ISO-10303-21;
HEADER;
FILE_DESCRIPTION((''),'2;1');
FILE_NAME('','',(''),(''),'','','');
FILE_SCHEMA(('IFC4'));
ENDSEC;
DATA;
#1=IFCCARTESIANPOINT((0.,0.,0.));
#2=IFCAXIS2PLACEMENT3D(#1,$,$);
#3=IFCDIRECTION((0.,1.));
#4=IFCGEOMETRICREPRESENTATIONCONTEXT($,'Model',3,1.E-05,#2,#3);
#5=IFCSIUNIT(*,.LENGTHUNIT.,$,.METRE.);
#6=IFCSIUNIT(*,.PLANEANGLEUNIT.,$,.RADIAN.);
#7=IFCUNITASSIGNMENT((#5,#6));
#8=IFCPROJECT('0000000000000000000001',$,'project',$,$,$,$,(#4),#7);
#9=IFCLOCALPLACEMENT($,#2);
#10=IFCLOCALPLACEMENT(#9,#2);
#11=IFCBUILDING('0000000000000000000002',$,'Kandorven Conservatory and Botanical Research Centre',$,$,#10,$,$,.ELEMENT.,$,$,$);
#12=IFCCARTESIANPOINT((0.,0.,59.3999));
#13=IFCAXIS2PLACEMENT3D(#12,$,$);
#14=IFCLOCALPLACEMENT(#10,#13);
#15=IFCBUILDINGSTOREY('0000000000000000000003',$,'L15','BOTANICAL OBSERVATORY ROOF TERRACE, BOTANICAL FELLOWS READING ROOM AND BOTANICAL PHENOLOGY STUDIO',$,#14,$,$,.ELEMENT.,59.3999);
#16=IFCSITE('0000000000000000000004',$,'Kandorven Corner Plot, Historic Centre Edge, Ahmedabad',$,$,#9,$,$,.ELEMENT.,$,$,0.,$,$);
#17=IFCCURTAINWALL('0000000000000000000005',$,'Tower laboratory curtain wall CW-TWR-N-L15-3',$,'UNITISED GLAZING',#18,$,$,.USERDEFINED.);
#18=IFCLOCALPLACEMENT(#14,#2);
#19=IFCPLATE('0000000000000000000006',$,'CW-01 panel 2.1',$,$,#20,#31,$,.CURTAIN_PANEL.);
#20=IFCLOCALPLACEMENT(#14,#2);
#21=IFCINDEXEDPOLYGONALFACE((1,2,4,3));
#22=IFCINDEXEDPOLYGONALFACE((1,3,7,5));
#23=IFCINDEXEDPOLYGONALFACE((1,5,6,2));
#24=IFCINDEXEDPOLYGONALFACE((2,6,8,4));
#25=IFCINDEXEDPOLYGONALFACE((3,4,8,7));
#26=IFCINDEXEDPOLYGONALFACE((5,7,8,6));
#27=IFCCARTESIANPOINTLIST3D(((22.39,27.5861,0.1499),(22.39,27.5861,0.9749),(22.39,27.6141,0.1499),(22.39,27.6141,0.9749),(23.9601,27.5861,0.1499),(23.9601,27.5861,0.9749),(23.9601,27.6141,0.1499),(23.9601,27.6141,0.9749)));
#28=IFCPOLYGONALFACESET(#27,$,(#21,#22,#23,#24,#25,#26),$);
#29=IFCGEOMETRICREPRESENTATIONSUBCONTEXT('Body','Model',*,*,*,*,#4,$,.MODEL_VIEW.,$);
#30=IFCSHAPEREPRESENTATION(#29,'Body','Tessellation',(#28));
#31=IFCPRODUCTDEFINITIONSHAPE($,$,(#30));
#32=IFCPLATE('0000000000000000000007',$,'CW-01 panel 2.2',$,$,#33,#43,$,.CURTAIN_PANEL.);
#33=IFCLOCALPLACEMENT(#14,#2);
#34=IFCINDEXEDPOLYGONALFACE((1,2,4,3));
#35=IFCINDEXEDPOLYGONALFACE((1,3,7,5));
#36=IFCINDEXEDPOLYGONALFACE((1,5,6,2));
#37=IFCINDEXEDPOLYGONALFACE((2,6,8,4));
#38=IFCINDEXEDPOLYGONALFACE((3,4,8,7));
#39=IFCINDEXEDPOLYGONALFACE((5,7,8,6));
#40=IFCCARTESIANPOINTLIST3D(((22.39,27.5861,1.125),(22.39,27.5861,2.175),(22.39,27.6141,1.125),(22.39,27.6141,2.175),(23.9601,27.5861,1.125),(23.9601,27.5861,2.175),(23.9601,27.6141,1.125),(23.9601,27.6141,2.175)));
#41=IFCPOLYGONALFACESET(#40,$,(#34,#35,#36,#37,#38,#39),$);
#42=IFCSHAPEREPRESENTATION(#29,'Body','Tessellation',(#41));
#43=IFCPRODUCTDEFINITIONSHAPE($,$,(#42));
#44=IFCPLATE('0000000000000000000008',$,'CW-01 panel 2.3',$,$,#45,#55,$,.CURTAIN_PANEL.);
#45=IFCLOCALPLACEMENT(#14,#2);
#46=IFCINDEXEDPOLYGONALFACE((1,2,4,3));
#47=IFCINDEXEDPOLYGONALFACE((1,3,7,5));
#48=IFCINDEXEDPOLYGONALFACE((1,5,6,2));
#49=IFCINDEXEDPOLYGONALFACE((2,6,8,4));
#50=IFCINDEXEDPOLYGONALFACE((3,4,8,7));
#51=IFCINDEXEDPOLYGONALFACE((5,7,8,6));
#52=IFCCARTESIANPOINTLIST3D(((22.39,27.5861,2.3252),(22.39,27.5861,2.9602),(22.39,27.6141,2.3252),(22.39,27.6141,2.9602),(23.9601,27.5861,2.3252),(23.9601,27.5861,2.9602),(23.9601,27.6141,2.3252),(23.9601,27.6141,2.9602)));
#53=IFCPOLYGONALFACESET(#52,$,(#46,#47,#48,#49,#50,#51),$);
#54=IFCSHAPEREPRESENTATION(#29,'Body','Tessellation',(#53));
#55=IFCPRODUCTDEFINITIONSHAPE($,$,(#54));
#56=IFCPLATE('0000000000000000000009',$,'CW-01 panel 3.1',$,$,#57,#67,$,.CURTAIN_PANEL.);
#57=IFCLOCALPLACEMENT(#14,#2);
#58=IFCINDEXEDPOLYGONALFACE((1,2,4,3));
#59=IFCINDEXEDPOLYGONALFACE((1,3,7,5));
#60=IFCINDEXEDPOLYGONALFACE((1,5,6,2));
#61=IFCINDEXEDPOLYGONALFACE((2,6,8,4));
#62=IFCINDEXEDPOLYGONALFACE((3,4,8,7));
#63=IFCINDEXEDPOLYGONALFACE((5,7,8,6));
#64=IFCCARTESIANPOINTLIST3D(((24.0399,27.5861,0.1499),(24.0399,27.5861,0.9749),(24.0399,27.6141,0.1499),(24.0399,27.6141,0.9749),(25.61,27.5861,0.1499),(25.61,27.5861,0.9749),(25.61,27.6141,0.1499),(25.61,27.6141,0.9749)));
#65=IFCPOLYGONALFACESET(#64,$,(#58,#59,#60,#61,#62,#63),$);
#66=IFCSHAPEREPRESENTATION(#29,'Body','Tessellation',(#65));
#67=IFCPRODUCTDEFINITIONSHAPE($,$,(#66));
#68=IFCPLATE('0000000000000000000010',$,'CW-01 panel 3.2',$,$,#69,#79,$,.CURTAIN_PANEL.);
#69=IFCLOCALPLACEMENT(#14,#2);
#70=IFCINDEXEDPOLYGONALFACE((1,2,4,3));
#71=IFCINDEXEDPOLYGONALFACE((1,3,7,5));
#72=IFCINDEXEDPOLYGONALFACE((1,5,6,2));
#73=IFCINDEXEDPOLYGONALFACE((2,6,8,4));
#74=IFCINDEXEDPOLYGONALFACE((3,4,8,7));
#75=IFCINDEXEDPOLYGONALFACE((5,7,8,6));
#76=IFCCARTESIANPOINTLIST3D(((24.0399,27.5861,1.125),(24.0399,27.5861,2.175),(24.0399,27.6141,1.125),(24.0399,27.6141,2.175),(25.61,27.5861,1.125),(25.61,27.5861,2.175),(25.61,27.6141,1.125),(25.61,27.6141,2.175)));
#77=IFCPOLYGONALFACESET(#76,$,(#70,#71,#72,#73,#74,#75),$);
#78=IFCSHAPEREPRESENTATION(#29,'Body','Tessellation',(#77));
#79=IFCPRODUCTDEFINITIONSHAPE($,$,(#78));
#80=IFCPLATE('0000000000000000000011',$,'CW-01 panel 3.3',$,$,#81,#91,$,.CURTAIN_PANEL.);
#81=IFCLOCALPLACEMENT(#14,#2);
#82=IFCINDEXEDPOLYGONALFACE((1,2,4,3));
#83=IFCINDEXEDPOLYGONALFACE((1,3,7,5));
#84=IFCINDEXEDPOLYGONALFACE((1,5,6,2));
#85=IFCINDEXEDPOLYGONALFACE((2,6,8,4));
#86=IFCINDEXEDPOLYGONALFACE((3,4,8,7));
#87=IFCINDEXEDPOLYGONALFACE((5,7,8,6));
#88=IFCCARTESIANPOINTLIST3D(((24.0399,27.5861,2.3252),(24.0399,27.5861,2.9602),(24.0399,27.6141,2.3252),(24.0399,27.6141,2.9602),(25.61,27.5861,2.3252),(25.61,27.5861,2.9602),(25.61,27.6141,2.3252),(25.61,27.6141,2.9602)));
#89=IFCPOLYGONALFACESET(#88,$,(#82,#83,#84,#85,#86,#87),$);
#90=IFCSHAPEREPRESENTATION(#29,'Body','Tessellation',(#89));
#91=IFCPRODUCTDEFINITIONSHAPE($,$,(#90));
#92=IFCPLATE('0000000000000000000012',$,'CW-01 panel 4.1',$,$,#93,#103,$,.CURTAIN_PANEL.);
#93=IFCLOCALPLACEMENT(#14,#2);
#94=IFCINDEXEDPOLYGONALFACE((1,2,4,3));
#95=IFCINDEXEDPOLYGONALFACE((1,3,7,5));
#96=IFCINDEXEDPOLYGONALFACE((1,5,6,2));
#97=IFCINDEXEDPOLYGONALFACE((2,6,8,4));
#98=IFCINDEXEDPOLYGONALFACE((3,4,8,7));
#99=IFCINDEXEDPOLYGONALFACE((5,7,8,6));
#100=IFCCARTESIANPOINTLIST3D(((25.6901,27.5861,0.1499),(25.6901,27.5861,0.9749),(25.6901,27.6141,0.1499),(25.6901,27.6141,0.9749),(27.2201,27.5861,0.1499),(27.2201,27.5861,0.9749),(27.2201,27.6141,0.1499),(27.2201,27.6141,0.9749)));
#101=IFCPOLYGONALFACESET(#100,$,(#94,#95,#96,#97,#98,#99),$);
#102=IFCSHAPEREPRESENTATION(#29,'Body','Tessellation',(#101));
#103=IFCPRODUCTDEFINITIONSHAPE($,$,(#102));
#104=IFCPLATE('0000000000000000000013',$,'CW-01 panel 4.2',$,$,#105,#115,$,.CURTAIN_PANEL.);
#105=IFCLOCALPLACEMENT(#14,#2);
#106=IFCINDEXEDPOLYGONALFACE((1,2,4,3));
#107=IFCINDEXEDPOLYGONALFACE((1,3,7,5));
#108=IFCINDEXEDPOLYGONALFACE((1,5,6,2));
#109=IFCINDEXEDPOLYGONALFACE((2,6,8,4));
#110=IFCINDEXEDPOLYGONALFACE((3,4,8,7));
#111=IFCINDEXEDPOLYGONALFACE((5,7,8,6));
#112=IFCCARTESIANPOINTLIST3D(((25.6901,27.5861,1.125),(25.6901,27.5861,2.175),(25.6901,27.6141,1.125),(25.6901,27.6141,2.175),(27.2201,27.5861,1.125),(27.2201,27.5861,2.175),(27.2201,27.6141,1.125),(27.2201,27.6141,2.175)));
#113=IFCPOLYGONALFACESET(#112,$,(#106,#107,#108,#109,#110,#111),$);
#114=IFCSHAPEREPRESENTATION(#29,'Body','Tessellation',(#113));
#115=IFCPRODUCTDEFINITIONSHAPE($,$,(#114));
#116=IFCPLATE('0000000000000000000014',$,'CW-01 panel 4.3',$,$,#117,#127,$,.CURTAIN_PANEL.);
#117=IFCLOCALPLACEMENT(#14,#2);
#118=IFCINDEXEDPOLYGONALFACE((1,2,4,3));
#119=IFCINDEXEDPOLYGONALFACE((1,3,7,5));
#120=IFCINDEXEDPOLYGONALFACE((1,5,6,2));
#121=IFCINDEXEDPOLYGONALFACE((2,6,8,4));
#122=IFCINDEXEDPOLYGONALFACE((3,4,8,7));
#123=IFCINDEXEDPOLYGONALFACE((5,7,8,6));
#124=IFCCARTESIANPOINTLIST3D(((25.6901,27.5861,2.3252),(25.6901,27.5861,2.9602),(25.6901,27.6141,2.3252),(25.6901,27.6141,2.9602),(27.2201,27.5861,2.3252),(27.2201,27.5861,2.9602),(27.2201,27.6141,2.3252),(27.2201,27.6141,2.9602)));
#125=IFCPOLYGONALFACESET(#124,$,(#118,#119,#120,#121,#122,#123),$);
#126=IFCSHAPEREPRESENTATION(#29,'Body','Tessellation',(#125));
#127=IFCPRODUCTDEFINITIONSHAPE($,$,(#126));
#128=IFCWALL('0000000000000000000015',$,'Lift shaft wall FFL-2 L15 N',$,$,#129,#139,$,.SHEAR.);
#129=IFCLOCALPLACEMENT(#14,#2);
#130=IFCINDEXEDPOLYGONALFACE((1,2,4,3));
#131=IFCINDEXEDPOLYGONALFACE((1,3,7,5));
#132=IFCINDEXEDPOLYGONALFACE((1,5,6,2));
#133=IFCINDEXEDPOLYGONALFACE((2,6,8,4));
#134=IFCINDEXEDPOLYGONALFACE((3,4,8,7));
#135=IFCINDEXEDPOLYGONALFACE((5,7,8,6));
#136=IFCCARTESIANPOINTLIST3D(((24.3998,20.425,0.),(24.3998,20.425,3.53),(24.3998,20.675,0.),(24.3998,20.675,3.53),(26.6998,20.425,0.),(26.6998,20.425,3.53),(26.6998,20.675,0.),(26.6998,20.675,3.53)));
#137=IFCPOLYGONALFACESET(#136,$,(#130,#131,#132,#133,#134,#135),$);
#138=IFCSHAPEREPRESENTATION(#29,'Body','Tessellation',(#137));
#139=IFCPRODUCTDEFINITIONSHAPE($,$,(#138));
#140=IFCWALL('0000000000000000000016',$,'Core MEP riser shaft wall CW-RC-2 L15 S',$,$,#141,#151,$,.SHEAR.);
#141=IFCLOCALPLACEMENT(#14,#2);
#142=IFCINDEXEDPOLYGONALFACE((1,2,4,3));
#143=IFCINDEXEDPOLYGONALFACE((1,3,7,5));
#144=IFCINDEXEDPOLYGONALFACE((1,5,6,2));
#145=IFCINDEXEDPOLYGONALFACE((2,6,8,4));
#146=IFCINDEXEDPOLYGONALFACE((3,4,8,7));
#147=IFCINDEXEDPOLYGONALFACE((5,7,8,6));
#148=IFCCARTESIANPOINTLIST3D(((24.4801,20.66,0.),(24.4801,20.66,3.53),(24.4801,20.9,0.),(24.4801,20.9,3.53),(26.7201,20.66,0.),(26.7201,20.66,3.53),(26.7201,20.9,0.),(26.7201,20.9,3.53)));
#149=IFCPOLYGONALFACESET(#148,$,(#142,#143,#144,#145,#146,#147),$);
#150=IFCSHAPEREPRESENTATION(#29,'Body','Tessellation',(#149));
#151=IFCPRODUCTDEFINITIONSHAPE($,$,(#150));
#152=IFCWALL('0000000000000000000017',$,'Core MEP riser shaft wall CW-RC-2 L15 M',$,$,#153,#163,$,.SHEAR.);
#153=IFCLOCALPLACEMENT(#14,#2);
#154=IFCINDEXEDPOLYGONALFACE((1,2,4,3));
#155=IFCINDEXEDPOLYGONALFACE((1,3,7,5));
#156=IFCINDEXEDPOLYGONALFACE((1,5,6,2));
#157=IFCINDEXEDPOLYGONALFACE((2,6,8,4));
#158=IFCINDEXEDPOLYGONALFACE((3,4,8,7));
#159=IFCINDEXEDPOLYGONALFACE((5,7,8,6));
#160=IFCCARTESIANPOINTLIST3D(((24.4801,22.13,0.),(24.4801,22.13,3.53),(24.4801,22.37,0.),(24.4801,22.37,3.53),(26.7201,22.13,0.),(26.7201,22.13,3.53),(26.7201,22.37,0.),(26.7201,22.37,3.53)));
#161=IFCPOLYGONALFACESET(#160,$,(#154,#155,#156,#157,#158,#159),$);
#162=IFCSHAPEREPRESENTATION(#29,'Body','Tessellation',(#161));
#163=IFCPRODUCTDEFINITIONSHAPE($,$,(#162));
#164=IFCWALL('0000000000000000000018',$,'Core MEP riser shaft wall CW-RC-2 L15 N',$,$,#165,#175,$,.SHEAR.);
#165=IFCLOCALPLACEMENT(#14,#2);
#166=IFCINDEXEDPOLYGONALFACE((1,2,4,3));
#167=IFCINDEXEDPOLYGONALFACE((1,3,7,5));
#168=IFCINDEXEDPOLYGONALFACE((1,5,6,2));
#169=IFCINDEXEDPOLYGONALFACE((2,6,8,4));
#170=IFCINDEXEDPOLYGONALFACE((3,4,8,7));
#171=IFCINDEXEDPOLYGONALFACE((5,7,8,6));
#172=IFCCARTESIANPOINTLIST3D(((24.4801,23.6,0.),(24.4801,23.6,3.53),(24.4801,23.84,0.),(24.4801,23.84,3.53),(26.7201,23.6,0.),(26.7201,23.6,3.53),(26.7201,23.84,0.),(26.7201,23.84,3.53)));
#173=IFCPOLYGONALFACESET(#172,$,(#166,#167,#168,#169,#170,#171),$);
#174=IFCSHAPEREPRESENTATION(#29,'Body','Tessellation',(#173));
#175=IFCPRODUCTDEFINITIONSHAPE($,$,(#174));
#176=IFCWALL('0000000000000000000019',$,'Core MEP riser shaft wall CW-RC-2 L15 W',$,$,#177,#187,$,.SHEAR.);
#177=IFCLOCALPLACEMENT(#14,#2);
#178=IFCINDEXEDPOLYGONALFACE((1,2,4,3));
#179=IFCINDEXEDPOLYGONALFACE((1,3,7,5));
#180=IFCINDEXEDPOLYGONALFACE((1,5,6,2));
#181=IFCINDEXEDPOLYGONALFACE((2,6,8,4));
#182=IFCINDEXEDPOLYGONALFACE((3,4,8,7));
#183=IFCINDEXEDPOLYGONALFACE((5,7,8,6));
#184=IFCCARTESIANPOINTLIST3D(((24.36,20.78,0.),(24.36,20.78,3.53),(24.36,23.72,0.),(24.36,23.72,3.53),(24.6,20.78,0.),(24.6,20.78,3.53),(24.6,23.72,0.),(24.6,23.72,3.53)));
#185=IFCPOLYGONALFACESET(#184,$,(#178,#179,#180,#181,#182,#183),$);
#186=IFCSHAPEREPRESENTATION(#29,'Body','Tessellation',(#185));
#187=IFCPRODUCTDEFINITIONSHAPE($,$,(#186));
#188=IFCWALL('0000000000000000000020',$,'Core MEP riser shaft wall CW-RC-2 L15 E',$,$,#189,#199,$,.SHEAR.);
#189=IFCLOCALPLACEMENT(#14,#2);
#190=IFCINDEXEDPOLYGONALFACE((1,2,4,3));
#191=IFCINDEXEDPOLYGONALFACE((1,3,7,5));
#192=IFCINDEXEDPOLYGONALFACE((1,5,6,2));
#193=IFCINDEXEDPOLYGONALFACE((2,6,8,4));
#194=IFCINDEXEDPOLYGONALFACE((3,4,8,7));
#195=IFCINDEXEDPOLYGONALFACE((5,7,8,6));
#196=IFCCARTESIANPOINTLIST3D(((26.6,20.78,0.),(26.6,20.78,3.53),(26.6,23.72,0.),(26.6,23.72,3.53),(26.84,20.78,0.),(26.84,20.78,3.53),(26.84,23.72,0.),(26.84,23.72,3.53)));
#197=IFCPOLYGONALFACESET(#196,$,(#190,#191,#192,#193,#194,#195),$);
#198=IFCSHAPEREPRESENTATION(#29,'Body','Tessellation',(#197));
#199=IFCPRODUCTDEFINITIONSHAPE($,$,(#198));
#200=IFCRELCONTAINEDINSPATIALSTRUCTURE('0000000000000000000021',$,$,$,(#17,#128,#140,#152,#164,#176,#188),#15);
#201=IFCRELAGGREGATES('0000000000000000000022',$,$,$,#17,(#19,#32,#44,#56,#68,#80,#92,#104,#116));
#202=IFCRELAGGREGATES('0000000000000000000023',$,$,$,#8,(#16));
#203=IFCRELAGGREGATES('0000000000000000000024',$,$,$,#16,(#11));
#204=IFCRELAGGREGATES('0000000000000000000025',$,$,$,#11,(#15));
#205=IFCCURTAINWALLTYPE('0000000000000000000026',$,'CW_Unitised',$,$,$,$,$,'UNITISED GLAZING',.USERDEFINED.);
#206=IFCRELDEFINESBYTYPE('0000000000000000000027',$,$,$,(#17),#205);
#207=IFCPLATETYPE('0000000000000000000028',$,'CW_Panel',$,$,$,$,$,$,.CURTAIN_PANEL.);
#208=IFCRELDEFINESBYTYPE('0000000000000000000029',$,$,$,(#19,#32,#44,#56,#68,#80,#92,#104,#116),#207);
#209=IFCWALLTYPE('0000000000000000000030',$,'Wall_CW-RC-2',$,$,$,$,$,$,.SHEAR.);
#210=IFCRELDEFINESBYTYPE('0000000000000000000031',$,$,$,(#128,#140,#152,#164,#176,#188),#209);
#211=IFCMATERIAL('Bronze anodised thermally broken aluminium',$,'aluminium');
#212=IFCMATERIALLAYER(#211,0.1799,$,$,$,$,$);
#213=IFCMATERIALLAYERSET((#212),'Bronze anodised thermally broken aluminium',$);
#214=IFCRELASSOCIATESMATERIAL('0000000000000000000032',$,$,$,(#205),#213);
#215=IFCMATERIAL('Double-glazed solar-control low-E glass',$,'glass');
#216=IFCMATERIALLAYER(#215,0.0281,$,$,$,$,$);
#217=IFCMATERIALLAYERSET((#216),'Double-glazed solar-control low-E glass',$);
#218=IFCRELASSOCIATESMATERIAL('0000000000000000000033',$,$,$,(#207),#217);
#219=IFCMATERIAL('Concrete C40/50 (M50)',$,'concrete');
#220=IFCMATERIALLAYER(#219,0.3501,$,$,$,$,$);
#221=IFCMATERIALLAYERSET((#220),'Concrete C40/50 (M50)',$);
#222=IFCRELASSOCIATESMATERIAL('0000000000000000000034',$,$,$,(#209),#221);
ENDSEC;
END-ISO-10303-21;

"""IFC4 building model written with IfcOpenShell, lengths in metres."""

from ifc_helpers import new_model, si_unit, direction, frame, frame_2d, origin, origin_2d, place, context, subcontext, project, spatial, rectangle, extrude, material, layer, layer_set, type_object, element, aggregate, save


model = new_model("IFC4")

# Units and contexts
model_context = context("Model", 3, precision=1e-05, world=origin(), true_north=direction((0.0, 1.0)))
body_context = subcontext(model_context, "Body", "Model", "MODEL_VIEW")
ifc_project = project(units=[si_unit("LENGTHUNIT", "METRE"), si_unit("PLANEANGLEUNIT", "RADIAN")], contexts=[model_context])

# Site, building, storey
site_placement = place(None, origin())
site = spatial("IfcSite", under=ifc_project, at=site_placement, Name="Kandorven Corner Plot, Historic Centre Edge, Ahmedabad", CompositionType="ELEMENT", RefElevation=0.0)
building_placement = place(site_placement, origin())
building = spatial("IfcBuilding", under=site, at=building_placement, Name="Kandorven Conservatory and Botanical Research Centre", CompositionType="ELEMENT")
storey_placement = place(building_placement, frame((0.0, 0.0, 59.3999)))
storey = spatial("IfcBuildingStorey", under=building, at=storey_placement, Name="L15", Description="BOTANICAL OBSERVATORY ROOF TERRACE, BOTANICAL FELLOWS READING ROOM AND BOTANICAL PHENOLOGY STUDIO", CompositionType="ELEMENT", Elevation=59.3999)

# Curtain wall, plates
ifc_material_1 = material(Name="Bronze anodised thermally broken aluminium", Category="aluminium")
ifc_layer_1 = layer(ifc_material_1, 0.1799)
ifc_layer_set_1 = layer_set([ifc_layer_1], Name="Bronze anodised thermally broken aluminium")
curtain_wall_type = type_object("IfcCurtainWallType", Name="CW_Unitised", ElementType="UNITISED GLAZING", PredefinedType="USERDEFINED", material=ifc_layer_set_1)
curtain_wall_placement = place(storey_placement, origin())
curtain_wall = element("IfcCurtainWall", 1, at=curtain_wall_placement, inside=storey, type_object=curtain_wall_type, Name="Tower laboratory curtain wall CW-TWR-N-L15-3", ObjectType="UNITISED GLAZING", PredefinedType="USERDEFINED")
ifc_material_2 = material(Name="Double-glazed solar-control low-E glass", Category="glass")
ifc_layer_2 = layer(ifc_material_2, 0.0281)
ifc_layer_set_2 = layer_set([ifc_layer_2], Name="Double-glazed solar-control low-E glass")
plate_type = type_object("IfcPlateType", Name="CW_Panel", PredefinedType="CURTAIN_PANEL", material=ifc_layer_set_2)
plate_1_placement = place(storey_placement, frame((23.175, 27.6001, 0.1499), z_axis=(0.0, 0.0, 1.0), x_axis=(1.0, 0.0, 0.0)))
plate_1 = element("IfcPlate", 2, at=plate_1_placement, type_object=plate_type, Name="CW-01 panel 2.1", PredefinedType="CURTAIN_PANEL", context=body_context, shape_type="SweptSolid", body=[
    extrude(rectangle(XDim=1.5701, YDim=0.0281, at=origin_2d()), origin(), (0.0, 0.0, 1.0), 0.825),
])
plate_2_placement = place(storey_placement, frame((23.175, 27.6001, 1.125), z_axis=(0.0, 0.0, 1.0), x_axis=(1.0, 0.0, 0.0)))
plate_2 = element("IfcPlate", 3, at=plate_2_placement, type_object=plate_type, Name="CW-01 panel 2.2", PredefinedType="CURTAIN_PANEL", context=body_context, shape_type="SweptSolid", body=[
    extrude(rectangle(XDim=1.5701, YDim=0.0281, at=origin_2d()), origin(), (0.0, 0.0, 1.0), 1.05),
])
plate_3_placement = place(storey_placement, frame((23.175, 27.6001, 2.3252), z_axis=(0.0, 0.0, 1.0), x_axis=(1.0, 0.0, 0.0)))
plate_3 = element("IfcPlate", 4, at=plate_3_placement, type_object=plate_type, Name="CW-01 panel 2.3", PredefinedType="CURTAIN_PANEL", context=body_context, shape_type="SweptSolid", body=[
    extrude(rectangle(XDim=1.5701, YDim=0.0281, at=origin_2d()), origin(), (0.0, 0.0, 1.0), 0.635),
])
plate_4_placement = place(storey_placement, frame((24.825, 27.6001, 0.1499), z_axis=(0.0, 0.0, 1.0), x_axis=(1.0, 0.0, 0.0)))
plate_4 = element("IfcPlate", 5, at=plate_4_placement, type_object=plate_type, Name="CW-01 panel 3.1", PredefinedType="CURTAIN_PANEL", context=body_context, shape_type="SweptSolid", body=[
    extrude(rectangle(XDim=1.5701, YDim=0.0281, at=origin_2d()), origin(), (0.0, 0.0, 1.0), 0.825),
])
plate_5_placement = place(storey_placement, frame((24.825, 27.6001, 1.125), z_axis=(0.0, 0.0, 1.0), x_axis=(1.0, 0.0, 0.0)))
plate_5 = element("IfcPlate", 6, at=plate_5_placement, type_object=plate_type, Name="CW-01 panel 3.2", PredefinedType="CURTAIN_PANEL", context=body_context, shape_type="SweptSolid", body=[
    extrude(rectangle(XDim=1.5701, YDim=0.0281, at=origin_2d()), origin(), (0.0, 0.0, 1.0), 1.05),
])
plate_6_placement = place(storey_placement, frame((24.825, 27.6001, 2.3252), z_axis=(0.0, 0.0, 1.0), x_axis=(1.0, 0.0, 0.0)))
plate_6 = element("IfcPlate", 7, at=plate_6_placement, type_object=plate_type, Name="CW-01 panel 3.3", PredefinedType="CURTAIN_PANEL", context=body_context, shape_type="SweptSolid", body=[
    extrude(rectangle(XDim=1.5701, YDim=0.0281, at=origin_2d()), origin(), (0.0, 0.0, 1.0), 0.635),
])
plate_7_placement = place(storey_placement, frame((26.4551, 27.6001, 0.1499), z_axis=(0.0, 0.0, 1.0), x_axis=(1.0, 0.0, 0.0)))
plate_7 = element("IfcPlate", 8, at=plate_7_placement, type_object=plate_type, Name="CW-01 panel 4.1", PredefinedType="CURTAIN_PANEL", context=body_context, shape_type="SweptSolid", body=[
    extrude(rectangle(XDim=1.53, YDim=0.0281, at=origin_2d()), origin(), (0.0, 0.0, 1.0), 0.825),
])
plate_8_placement = place(storey_placement, frame((26.4551, 27.6001, 1.125), z_axis=(0.0, 0.0, 1.0), x_axis=(1.0, 0.0, 0.0)))
plate_8 = element("IfcPlate", 9, at=plate_8_placement, type_object=plate_type, Name="CW-01 panel 4.2", PredefinedType="CURTAIN_PANEL", context=body_context, shape_type="SweptSolid", body=[
    extrude(rectangle(XDim=1.53, YDim=0.0281, at=origin_2d()), origin(), (0.0, 0.0, 1.0), 1.05),
])
plate_9_placement = place(storey_placement, frame((26.4551, 27.6001, 2.3252), z_axis=(0.0, 0.0, 1.0), x_axis=(1.0, 0.0, 0.0)))
plate_9 = element("IfcPlate", 10, at=plate_9_placement, type_object=plate_type, Name="CW-01 panel 4.3", PredefinedType="CURTAIN_PANEL", context=body_context, shape_type="SweptSolid", body=[
    extrude(rectangle(XDim=1.53, YDim=0.0281, at=origin_2d()), origin(), (0.0, 0.0, 1.0), 0.635),
])
aggregate(curtain_wall, [plate_1, plate_2, plate_3, plate_4, plate_5, plate_6, plate_7, plate_8, plate_9])

# Walls
ifc_material_3 = material(Name="Concrete C40/50 (M50)", Category="concrete")
ifc_layer_3 = layer(ifc_material_3, 0.3501)
ifc_layer_set_3 = layer_set([ifc_layer_3], Name="Concrete C40/50 (M50)")
wall_type = type_object("IfcWallType", Name="Wall_CW-RC-2", PredefinedType="SHEAR", material=ifc_layer_set_3)
wall_placement = place(storey_placement, frame((24.3999, 20.55, 0.0), z_axis=(0.0, 0.0, 1.0), x_axis=(1.0, 0.0, 0.0)))
element("IfcWall", 11, at=wall_placement, inside=storey, type_object=wall_type, Name="Lift shaft wall FFL-2 L15 N", PredefinedType="SHEAR", context=body_context, shape_type="SweptSolid", body=[
    extrude(rectangle(XDim=2.3, YDim=0.25, at=frame_2d((1.1499, 0.0))), origin(), (0.0, 0.0, 1.0), 3.53),
])
for number, where, z_axis, x_axis, name in (
    (12, (24.48, 20.78, 0.0), (0.0, 0.0, 1.0), (1.0, 0.0, 0.0), "Core MEP riser shaft wall CW-RC-2 L15 S"),
    (13, (24.48, 22.25, 0.0), (0.0, 0.0, 1.0), (1.0, 0.0, 0.0), "Core MEP riser shaft wall CW-RC-2 L15 M"),
    (14, (24.48, 23.72, 0.0), (0.0, 0.0, 1.0), (1.0, 0.0, 0.0), "Core MEP riser shaft wall CW-RC-2 L15 N"),
):
    element("IfcWall", number, at=place(storey_placement, frame(where, z_axis=z_axis, x_axis=x_axis)), inside=storey, type_object=wall_type, Name=name, PredefinedType="SHEAR", context=body_context, shape_type="SweptSolid", body=[
        extrude(rectangle(XDim=2.24, YDim=0.24, at=frame_2d((1.1201, 0.0))), origin(), (0.0, 0.0, 1.0), 3.53),
    ])
for number, where, z_axis, x_axis, name in (
    (15, (24.48, 20.78, 0.0), (0.0, 0.0, 1.0), (0.0, 1.0, 0.0), "Core MEP riser shaft wall CW-RC-2 L15 W"),
    (16, (26.72, 20.78, 0.0), (0.0, 0.0, 1.0), (0.0, 1.0, 0.0), "Core MEP riser shaft wall CW-RC-2 L15 E"),
):
    element("IfcWall", number, at=place(storey_placement, frame(where, z_axis=z_axis, x_axis=x_axis)), inside=storey, type_object=wall_type, Name=name, PredefinedType="SHEAR", context=body_context, shape_type="SweptSolid", body=[
        extrude(rectangle(XDim=2.9399, YDim=0.24, at=frame_2d((1.47, 0.0))), origin(), (0.0, 0.0, 1.0), 3.53),
    ])

save(model, "model.ifc")
